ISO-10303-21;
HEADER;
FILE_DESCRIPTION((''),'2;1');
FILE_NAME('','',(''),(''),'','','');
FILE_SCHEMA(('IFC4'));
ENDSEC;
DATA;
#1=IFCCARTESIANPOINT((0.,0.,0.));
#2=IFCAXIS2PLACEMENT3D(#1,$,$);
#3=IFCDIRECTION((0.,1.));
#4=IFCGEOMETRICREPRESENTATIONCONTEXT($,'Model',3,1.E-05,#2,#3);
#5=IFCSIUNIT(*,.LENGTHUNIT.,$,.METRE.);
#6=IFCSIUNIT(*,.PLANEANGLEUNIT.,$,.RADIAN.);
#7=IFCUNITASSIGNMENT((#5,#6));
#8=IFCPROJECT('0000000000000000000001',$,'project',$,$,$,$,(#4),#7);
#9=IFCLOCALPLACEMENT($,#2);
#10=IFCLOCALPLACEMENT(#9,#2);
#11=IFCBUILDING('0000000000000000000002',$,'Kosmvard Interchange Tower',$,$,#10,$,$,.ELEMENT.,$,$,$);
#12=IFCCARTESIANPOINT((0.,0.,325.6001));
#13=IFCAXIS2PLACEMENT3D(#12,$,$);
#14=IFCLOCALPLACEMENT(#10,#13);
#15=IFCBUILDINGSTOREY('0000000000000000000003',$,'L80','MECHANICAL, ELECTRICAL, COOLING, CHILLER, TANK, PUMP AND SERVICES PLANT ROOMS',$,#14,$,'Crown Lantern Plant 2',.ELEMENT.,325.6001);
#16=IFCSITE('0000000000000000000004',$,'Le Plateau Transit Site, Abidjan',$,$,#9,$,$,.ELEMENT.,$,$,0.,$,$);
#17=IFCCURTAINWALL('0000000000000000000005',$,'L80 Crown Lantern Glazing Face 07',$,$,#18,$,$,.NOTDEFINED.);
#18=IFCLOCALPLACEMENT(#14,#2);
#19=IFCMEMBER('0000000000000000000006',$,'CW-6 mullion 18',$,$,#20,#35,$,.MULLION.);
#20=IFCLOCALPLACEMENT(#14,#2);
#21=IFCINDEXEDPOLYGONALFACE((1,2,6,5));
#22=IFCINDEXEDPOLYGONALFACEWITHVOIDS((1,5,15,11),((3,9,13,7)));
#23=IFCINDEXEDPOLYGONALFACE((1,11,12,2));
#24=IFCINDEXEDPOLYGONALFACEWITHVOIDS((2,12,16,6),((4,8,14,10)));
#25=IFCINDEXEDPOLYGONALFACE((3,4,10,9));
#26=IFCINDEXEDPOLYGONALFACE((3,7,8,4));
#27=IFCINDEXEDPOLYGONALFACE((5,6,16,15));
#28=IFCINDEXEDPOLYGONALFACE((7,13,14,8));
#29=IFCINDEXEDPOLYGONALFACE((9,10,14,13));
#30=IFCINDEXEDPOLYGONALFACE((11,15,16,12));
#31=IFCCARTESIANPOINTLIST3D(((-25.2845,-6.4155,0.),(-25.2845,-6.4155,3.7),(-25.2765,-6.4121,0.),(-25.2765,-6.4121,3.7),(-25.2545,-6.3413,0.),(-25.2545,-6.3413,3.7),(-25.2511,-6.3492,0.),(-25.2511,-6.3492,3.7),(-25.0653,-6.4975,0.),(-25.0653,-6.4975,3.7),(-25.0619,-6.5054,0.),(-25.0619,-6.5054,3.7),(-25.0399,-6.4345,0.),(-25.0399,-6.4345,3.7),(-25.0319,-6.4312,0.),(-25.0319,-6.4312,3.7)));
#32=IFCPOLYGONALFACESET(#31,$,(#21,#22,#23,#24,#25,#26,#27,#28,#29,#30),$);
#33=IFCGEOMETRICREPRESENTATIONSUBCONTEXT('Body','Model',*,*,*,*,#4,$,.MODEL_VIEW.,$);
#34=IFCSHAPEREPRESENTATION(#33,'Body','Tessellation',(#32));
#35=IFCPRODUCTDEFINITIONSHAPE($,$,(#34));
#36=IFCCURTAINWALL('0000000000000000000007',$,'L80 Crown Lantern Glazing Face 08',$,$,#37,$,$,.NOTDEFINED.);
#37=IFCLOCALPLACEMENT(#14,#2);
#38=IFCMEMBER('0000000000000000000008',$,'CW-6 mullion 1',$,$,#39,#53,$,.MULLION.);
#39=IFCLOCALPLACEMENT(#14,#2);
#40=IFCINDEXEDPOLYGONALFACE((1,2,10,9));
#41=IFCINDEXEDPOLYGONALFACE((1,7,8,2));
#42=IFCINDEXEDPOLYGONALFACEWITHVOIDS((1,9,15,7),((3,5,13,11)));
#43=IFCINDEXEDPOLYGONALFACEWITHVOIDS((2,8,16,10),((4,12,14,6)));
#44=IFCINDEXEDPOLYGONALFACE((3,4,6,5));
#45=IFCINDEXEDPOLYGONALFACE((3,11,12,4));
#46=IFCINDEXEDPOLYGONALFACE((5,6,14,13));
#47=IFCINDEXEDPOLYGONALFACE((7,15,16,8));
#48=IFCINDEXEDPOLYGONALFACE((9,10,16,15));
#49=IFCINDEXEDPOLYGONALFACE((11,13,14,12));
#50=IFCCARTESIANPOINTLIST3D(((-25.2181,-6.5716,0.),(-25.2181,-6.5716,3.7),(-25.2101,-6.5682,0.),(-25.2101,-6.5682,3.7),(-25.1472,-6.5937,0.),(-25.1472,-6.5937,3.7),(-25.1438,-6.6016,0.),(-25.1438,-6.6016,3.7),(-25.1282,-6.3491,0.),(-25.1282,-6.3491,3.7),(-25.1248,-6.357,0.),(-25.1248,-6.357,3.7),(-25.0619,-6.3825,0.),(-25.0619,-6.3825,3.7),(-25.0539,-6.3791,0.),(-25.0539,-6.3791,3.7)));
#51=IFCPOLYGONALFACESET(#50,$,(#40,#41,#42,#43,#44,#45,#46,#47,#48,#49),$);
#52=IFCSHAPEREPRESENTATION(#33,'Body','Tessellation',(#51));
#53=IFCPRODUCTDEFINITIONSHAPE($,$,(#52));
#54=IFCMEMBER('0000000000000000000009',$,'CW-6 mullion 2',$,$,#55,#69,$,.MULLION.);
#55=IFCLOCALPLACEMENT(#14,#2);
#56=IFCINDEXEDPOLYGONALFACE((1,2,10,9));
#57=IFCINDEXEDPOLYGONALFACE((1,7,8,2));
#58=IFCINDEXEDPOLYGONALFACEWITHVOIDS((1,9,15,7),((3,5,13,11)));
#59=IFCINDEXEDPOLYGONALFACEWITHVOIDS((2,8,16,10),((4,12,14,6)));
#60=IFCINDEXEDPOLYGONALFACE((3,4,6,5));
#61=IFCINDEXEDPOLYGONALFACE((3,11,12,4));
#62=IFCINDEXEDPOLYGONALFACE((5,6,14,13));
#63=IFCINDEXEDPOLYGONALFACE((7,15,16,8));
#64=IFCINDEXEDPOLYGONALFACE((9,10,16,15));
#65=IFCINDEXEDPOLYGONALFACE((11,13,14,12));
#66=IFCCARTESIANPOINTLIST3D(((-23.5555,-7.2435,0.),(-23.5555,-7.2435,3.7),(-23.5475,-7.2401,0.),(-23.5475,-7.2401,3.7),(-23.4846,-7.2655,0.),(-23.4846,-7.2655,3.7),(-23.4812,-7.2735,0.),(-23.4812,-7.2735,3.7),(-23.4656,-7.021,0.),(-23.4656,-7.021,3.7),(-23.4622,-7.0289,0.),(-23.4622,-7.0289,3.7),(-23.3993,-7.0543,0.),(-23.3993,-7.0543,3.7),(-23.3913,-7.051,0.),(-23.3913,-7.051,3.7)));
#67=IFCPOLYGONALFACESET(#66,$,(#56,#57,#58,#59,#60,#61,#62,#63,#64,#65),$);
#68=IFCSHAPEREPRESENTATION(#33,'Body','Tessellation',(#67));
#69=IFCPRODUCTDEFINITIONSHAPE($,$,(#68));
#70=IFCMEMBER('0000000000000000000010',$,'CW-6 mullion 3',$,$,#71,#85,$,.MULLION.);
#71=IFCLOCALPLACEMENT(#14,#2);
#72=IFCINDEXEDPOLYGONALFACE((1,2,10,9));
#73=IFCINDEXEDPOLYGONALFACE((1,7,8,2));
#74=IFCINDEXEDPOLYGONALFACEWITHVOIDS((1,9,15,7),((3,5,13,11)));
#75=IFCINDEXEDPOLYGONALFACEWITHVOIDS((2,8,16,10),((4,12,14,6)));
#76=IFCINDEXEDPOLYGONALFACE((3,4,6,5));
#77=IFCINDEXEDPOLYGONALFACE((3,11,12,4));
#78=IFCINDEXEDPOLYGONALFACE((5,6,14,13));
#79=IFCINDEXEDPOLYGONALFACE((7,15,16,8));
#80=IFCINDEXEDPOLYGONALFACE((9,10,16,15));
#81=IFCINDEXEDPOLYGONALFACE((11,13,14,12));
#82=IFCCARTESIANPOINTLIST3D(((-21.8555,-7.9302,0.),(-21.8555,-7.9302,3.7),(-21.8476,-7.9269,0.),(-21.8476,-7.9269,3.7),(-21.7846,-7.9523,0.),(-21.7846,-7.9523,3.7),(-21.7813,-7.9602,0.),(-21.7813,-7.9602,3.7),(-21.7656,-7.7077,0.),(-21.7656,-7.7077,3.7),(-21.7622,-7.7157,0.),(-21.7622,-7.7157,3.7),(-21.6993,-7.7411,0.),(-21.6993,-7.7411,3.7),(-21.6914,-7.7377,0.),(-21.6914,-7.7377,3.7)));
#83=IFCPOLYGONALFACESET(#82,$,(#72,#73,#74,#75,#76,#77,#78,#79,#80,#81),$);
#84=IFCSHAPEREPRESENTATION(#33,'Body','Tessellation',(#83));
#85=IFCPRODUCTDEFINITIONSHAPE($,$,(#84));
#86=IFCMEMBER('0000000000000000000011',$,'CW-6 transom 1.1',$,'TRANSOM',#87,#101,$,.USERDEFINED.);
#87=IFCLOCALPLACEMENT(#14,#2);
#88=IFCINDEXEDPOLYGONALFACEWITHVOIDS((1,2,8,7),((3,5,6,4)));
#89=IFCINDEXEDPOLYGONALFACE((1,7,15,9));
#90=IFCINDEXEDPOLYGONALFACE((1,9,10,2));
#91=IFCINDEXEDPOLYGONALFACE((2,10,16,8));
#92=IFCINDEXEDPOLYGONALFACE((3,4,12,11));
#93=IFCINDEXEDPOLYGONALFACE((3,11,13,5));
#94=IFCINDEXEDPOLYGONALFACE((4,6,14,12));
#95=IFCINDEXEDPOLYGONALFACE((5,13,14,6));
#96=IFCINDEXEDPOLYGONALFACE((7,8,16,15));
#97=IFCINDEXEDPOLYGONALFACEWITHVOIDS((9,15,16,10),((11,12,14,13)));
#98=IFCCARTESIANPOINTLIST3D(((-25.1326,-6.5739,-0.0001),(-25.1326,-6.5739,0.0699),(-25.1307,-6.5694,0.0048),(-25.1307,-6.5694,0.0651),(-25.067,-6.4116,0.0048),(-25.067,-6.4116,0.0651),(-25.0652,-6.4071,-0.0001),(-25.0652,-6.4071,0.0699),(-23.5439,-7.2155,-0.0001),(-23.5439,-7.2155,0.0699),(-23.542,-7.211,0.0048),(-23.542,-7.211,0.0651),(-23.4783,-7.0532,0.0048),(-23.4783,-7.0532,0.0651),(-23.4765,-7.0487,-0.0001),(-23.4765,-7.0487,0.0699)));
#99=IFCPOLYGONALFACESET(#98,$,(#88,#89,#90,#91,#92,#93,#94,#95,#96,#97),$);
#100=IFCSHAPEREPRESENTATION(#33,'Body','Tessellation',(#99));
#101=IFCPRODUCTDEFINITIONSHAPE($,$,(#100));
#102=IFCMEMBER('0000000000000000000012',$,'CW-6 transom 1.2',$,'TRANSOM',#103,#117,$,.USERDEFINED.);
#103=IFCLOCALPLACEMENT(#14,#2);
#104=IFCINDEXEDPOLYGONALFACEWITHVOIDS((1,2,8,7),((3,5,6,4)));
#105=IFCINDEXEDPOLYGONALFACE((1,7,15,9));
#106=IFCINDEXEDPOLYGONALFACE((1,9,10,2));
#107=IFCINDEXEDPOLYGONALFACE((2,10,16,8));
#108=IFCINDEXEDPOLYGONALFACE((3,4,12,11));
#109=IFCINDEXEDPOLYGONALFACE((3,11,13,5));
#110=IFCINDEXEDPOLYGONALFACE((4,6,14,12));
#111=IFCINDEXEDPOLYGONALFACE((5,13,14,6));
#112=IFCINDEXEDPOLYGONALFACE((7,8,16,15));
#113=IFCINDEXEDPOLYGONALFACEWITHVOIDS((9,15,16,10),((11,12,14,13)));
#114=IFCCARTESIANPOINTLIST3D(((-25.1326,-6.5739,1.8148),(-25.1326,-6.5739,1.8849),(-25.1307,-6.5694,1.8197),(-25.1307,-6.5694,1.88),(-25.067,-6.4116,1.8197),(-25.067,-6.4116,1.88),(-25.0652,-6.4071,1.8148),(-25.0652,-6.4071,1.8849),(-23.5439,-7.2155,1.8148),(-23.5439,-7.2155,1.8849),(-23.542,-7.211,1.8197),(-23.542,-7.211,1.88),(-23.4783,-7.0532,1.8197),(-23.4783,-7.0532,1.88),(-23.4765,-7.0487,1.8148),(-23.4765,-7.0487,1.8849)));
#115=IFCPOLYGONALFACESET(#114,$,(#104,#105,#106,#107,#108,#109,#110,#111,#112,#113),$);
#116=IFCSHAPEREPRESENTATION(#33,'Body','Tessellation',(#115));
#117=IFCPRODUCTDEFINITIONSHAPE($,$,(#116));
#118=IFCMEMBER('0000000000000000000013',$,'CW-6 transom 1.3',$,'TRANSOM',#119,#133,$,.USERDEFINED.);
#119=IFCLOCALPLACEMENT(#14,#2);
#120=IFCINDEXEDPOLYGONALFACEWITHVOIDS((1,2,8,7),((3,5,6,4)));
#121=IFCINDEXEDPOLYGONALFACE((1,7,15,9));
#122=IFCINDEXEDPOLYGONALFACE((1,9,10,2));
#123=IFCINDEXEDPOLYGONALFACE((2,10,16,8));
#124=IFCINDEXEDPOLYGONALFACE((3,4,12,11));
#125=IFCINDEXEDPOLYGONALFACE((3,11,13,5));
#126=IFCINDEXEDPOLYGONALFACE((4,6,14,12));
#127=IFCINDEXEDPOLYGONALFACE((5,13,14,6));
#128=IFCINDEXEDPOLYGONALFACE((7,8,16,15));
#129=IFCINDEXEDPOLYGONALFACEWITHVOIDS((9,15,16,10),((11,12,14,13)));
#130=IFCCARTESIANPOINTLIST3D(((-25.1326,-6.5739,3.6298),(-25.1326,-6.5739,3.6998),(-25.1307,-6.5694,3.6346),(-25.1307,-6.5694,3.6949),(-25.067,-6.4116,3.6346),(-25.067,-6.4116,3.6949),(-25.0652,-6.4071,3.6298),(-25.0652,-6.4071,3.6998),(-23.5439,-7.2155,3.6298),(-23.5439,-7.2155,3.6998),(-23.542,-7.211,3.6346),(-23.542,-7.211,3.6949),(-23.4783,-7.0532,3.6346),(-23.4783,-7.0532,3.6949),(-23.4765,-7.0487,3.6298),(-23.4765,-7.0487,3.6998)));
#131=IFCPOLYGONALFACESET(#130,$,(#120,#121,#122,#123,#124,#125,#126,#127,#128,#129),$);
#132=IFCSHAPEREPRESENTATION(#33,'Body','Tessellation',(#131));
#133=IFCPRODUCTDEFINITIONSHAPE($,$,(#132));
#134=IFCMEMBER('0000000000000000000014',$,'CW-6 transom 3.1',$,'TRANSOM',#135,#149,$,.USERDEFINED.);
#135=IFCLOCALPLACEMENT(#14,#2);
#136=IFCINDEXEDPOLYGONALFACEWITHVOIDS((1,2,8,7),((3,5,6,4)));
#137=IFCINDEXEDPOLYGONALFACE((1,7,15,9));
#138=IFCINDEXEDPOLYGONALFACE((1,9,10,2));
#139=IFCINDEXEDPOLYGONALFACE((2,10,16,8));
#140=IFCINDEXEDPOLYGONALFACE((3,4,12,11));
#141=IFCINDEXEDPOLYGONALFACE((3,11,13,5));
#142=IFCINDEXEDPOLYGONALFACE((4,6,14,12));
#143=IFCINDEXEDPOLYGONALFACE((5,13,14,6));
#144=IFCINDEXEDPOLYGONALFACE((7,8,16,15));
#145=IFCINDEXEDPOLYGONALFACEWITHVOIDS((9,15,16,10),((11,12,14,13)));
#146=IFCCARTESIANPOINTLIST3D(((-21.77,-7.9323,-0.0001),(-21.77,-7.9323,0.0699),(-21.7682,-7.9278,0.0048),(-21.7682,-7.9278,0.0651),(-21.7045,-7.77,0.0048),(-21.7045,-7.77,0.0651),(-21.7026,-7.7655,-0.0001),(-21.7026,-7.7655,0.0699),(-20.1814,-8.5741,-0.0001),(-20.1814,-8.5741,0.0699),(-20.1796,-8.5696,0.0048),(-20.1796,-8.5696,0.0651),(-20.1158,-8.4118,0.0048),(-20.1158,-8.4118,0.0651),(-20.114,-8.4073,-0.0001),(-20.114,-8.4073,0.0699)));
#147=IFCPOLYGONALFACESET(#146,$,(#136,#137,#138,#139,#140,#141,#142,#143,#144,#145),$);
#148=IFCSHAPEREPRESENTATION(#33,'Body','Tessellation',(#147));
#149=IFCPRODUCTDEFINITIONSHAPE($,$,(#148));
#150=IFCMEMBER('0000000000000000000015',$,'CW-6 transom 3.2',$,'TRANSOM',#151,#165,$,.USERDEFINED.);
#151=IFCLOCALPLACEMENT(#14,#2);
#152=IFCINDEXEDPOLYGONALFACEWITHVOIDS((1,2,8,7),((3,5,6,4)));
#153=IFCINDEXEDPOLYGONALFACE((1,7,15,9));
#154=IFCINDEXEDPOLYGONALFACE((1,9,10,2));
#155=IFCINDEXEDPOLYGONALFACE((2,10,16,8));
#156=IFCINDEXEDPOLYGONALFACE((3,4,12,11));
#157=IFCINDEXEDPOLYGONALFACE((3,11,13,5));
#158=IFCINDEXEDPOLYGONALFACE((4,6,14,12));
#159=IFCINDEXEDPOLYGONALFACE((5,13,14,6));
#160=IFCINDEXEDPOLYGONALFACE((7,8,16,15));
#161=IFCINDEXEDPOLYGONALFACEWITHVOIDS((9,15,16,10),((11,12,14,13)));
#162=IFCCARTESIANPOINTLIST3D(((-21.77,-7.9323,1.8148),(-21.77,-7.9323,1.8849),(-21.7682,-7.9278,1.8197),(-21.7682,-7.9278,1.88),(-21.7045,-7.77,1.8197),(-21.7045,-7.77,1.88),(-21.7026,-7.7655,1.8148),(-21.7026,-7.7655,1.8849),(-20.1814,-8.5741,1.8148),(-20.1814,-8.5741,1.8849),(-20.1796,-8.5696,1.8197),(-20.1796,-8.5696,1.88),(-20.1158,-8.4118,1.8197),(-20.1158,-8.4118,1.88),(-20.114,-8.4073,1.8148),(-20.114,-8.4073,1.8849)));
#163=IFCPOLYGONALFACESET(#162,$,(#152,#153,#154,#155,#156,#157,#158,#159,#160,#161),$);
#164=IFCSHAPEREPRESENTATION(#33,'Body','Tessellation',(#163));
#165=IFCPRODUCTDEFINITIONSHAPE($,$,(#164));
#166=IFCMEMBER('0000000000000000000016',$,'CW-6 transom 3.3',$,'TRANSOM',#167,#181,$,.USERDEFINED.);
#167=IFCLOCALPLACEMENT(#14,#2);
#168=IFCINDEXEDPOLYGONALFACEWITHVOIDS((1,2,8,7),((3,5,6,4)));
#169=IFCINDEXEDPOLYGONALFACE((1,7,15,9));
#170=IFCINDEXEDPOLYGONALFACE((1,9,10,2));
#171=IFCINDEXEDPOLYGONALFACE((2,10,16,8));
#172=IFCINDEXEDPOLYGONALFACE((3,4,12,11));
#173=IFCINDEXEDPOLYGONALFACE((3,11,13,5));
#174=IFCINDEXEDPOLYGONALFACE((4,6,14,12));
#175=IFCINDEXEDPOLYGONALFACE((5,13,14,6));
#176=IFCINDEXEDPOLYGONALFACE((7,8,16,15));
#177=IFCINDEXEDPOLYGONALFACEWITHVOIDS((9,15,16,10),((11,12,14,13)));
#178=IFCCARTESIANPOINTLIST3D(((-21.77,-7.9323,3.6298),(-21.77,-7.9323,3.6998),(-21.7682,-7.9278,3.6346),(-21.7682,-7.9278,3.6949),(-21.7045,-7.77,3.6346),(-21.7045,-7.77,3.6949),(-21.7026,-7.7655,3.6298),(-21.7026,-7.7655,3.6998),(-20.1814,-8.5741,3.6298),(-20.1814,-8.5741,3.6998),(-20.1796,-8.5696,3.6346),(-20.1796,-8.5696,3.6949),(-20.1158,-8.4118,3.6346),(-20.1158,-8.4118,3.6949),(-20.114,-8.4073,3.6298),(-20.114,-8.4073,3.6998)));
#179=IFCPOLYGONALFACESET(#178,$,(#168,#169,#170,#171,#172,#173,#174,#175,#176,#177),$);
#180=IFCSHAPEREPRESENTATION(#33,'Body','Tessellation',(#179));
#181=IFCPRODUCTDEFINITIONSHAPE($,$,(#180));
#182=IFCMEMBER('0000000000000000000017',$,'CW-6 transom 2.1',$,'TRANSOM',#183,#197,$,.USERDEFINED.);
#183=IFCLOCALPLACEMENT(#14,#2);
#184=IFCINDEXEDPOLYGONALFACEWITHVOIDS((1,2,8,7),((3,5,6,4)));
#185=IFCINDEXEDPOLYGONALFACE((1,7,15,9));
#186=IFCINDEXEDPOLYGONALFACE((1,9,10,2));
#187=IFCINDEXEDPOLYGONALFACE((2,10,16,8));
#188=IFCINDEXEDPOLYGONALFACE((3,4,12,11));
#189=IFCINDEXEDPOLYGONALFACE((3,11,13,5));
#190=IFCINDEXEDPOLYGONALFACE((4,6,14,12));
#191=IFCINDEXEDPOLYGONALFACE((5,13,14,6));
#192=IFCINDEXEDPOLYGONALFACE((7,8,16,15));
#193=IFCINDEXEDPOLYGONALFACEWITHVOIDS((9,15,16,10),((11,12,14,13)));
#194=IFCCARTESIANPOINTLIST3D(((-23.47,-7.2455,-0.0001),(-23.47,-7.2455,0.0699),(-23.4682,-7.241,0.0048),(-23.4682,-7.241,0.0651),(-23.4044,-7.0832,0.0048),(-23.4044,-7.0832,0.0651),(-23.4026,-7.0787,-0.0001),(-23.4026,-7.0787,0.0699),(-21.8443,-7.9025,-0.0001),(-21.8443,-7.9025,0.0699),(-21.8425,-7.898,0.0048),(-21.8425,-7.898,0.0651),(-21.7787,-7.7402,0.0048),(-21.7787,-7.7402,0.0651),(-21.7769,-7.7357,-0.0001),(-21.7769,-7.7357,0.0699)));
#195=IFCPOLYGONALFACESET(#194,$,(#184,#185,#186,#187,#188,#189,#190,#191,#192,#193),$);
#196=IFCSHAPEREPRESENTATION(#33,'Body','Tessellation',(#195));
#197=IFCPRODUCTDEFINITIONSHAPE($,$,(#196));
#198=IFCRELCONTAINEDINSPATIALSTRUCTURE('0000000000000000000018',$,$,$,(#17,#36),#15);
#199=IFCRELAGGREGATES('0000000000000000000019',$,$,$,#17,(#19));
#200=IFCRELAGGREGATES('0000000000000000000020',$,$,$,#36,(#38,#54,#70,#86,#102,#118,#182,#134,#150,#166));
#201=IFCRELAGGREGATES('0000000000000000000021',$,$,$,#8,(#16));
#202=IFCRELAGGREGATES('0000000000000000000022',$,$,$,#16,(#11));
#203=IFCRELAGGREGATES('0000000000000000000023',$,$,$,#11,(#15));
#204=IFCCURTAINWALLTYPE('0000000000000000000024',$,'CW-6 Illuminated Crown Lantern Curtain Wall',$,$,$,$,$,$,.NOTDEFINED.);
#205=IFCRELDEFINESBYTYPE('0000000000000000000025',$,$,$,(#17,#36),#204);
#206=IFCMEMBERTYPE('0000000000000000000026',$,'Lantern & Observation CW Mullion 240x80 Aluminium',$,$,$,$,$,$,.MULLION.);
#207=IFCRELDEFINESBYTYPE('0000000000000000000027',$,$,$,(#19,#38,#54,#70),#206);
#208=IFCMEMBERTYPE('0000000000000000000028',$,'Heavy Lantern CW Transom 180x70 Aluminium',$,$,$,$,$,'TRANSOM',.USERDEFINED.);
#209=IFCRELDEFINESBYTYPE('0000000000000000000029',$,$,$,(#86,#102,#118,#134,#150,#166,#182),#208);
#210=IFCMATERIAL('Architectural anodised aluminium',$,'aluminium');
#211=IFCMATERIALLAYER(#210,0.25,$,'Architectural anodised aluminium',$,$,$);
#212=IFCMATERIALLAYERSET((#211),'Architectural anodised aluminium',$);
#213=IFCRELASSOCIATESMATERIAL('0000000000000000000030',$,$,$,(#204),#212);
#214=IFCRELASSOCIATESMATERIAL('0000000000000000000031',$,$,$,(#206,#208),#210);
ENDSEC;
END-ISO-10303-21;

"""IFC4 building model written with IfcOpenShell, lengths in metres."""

from ifc_helpers import new_model, si_unit, direction, frame, origin, origin_2d, place, context, subcontext, project, spatial, hollow_rectangle, extrude, source, transform, mapped, material, layer, layer_set, material_profile, profile_set, type_object, element, aggregate, save


model = new_model("IFC4")

# Units and contexts
model_context = context("Model", 3, precision=1e-05, world=origin(), true_north=direction((0.0, 1.0)))
body_context = subcontext(model_context, "Body", "Model", "MODEL_VIEW")
ifc_project = project(units=[si_unit("LENGTHUNIT", "METRE"), si_unit("PLANEANGLEUNIT", "RADIAN")], contexts=[model_context])

# Site, building, storey
site_placement = place(None, origin())
site = spatial("IfcSite", under=ifc_project, at=site_placement, Name="Le Plateau Transit Site, Abidjan", CompositionType="ELEMENT", RefElevation=0.0)
building_placement = place(site_placement, origin())
building = spatial("IfcBuilding", under=site, at=building_placement, Name="Kosmvard Interchange Tower", CompositionType="ELEMENT")
storey_placement = place(building_placement, frame((0.0, 0.0, 325.6001)))
storey = spatial("IfcBuildingStorey", under=building, at=storey_placement, Name="L80", Description="MECHANICAL, ELECTRICAL, COOLING, CHILLER, TANK, PUMP AND SERVICES PLANT ROOMS", LongName="Crown Lantern Plant 2", CompositionType="ELEMENT", Elevation=325.6001)

# Curtain wall, member
ifc_material_1 = material(Name="Architectural anodised aluminium", Category="aluminium")
ifc_layer_1 = layer(ifc_material_1, 0.25, Name="Architectural anodised aluminium")
ifc_layer_set_1 = layer_set([ifc_layer_1], Name="Architectural anodised aluminium")
curtain_wall_type = type_object("IfcCurtainWallType", Name="CW-6 Illuminated Crown Lantern Curtain Wall", PredefinedType="NOTDEFINED", material=ifc_layer_set_1)
curtain_wall_1_placement = place(storey_placement, origin())
curtain_wall_1 = element("IfcCurtainWall", 1, at=curtain_wall_1_placement, inside=storey, type_object=curtain_wall_type, Name="L80 Crown Lantern Glazing Face 07", PredefinedType="NOTDEFINED")
ifc_material_profile_1 = material_profile(ifc_material_1, hollow_rectangle(XDim=0.24, YDim=0.0801, WallThickness=0.0061, at=origin_2d()), Name="CWM 240x80x6")
ifc_profile_set_1 = profile_set([ifc_material_profile_1], Name="Architectural anodised aluminium")
member_type_1 = type_object("IfcMemberType", Name="Lantern & Observation CW Mullion 240x80 Aluminium", PredefinedType="MULLION", material=ifc_profile_set_1)
shared_shape_1 = source(origin(), body_context, "Body", "SweptSolid", [
    extrude(hollow_rectangle(XDim=0.24, YDim=0.0801, WallThickness=0.0061, at=origin_2d()), origin(), (0.0, 0.0, 1.0), 3.7),
])
member_1_placement = place(storey_placement, frame((-25.1582, -6.4233, 0.0), z_axis=(0.0, 0.0, 1.0), x_axis=(0.927184, -0.374607, 0.0)))
member_1 = element("IfcMember", 2, at=member_1_placement, type_object=member_type_1, Name="CW-6 mullion 18", PredefinedType="MULLION", context=body_context, shape_type="MappedRepresentation", body=[
    mapped(shared_shape_1, transform((0.0, 0.0, 0.0), scale=1.0)),
])

# Curtain wall, members
curtain_wall_2_placement = place(storey_placement, origin())
curtain_wall_2 = element("IfcCurtainWall", 3, at=curtain_wall_2_placement, inside=storey, type_object=curtain_wall_type, Name="L80 Crown Lantern Glazing Face 08", PredefinedType="NOTDEFINED")
member_2_placement = place(storey_placement, frame((-25.136, -6.4753, 0.0), z_axis=(0.0, 0.0, 1.0), x_axis=(0.374607, 0.927184, 0.0)))
member_2 = element("IfcMember", 4, at=member_2_placement, type_object=member_type_1, Name="CW-6 mullion 1", PredefinedType="MULLION", context=body_context, shape_type="MappedRepresentation", body=[
    mapped(shared_shape_1, transform((0.0, 0.0, 0.0), scale=1.0)),
])
member_3_placement = place(storey_placement, frame((-23.4734, -7.1472, 0.0), z_axis=(0.0, 0.0, 1.0), x_axis=(0.374607, 0.927184, 0.0)))
member_3 = element("IfcMember", 5, at=member_3_placement, type_object=member_type_1, Name="CW-6 mullion 2", PredefinedType="MULLION", context=body_context, shape_type="MappedRepresentation", body=[
    mapped(shared_shape_1, transform((0.0, 0.0, 0.0), scale=1.0)),
])
member_4_placement = place(storey_placement, frame((-21.7734, -7.834, 0.0), z_axis=(0.0, 0.0, 1.0), x_axis=(0.374607, 0.927184, 0.0)))
member_4 = element("IfcMember", 6, at=member_4_placement, type_object=member_type_1, Name="CW-6 mullion 3", PredefinedType="MULLION", context=body_context, shape_type="MappedRepresentation", body=[
    mapped(shared_shape_1, transform((0.0, 0.0, 0.0), scale=1.0)),
])
ifc_material_profile_2 = material_profile(ifc_material_1, hollow_rectangle(XDim=0.1799, YDim=0.0701, WallThickness=0.0049, at=origin_2d()), Name="CWT 180x70x5")
ifc_profile_set_2 = profile_set([ifc_material_profile_2], Name="Architectural anodised aluminium")
member_type_2 = type_object("IfcMemberType", Name="Heavy Lantern CW Transom 180x70 Aluminium", ElementType="TRANSOM", PredefinedType="USERDEFINED", material=ifc_profile_set_2)
shared_shape_2 = source(origin(), body_context, "Body", "SweptSolid", [
    extrude(hollow_rectangle(XDim=0.1799, YDim=0.0701, WallThickness=0.0049, at=origin_2d()), origin(), (0.0, 0.0, 1.0), 1.7134),
])
member_5_placement = place(storey_placement, frame((-25.0989, -6.4905, 0.0349), z_axis=(0.927233, -0.374484, 0.0), x_axis=(0.374484, 0.927233, 0.0)))
member_5 = element("IfcMember", 7, at=member_5_placement, type_object=member_type_2, Name="CW-6 transom 1.1", ObjectType="TRANSOM", PredefinedType="USERDEFINED", context=body_context, shape_type="MappedRepresentation", body=[
    mapped(shared_shape_2, transform((0.0, 0.0, 0.0), scale=1.0)),
])
member_6_placement = place(storey_placement, frame((-25.0989, -6.4905, 1.8499), z_axis=(0.927233, -0.374484, 0.0), x_axis=(0.374484, 0.927233, 0.0)))
member_6 = element("IfcMember", 8, at=member_6_placement, type_object=member_type_2, Name="CW-6 transom 1.2", ObjectType="TRANSOM", PredefinedType="USERDEFINED", context=body_context, shape_type="MappedRepresentation", body=[
    mapped(shared_shape_2, transform((0.0, 0.0, 0.0), scale=1.0)),
])
member_7_placement = place(storey_placement, frame((-25.0989, -6.4905, 3.6648), z_axis=(0.927233, -0.374484, 0.0), x_axis=(0.374484, 0.927233, 0.0)))
member_7 = element("IfcMember", 9, at=member_7_placement, type_object=member_type_2, Name="CW-6 transom 1.3", ObjectType="TRANSOM", PredefinedType="USERDEFINED", context=body_context, shape_type="MappedRepresentation", body=[
    mapped(shared_shape_2, transform((0.0, 0.0, 0.0), scale=1.0)),
])
member_8_placement = place(storey_placement, frame((-21.7363, -7.8489, 0.0349), z_axis=(0.927184, -0.374607, 0.0), x_axis=(0.374607, 0.927184, 0.0)))
member_8 = element("IfcMember", 10, at=member_8_placement, type_object=member_type_2, Name="CW-6 transom 3.1", ObjectType="TRANSOM", PredefinedType="USERDEFINED", context=body_context, shape_type="MappedRepresentation", body=[
    mapped(shared_shape_2, transform((0.0, 0.0, 0.0), scale=1.0)),
])
member_9_placement = place(storey_placement, frame((-21.7363, -7.8489, 1.8499), z_axis=(0.927184, -0.374607, 0.0), x_axis=(0.374607, 0.927184, 0.0)))
member_9 = element("IfcMember", 11, at=member_9_placement, type_object=member_type_2, Name="CW-6 transom 3.2", ObjectType="TRANSOM", PredefinedType="USERDEFINED", context=body_context, shape_type="MappedRepresentation", body=[
    mapped(shared_shape_2, transform((0.0, 0.0, 0.0), scale=1.0)),
])
member_10_placement = place(storey_placement, frame((-21.7363, -7.8489, 3.6648), z_axis=(0.927184, -0.374607, 0.0), x_axis=(0.374607, 0.927184, 0.0)))
member_10 = element("IfcMember", 12, at=member_10_placement, type_object=member_type_2, Name="CW-6 transom 3.3", ObjectType="TRANSOM", PredefinedType="USERDEFINED", context=body_context, shape_type="MappedRepresentation", body=[
    mapped(shared_shape_2, transform((0.0, 0.0, 0.0), scale=1.0)),
])
shared_shape_3 = source(origin(), body_context, "Body", "SweptSolid", [
    extrude(hollow_rectangle(XDim=0.1799, YDim=0.0701, WallThickness=0.0049, at=origin_2d()), origin(), (0.0, 0.0, 1.0), 1.7534),
])
member_11_placement = place(storey_placement, frame((-23.4363, -7.1621, 0.0349), z_axis=(0.927155, -0.374677, 0.0), x_axis=(0.374677, 0.927155, 0.0)))
member_11 = element("IfcMember", 13, at=member_11_placement, type_object=member_type_2, Name="CW-6 transom 2.1", ObjectType="TRANSOM", PredefinedType="USERDEFINED", context=body_context, shape_type="MappedRepresentation", body=[
    mapped(shared_shape_3, transform((0.0, 0.0, 0.0), scale=1.0)),
])

aggregate(curtain_wall_1, [member_1])
aggregate(curtain_wall_2, [member_2, member_3, member_4, member_5, member_6, member_7, member_11, member_8, member_9, member_10])

save(model, "model.ifc")
